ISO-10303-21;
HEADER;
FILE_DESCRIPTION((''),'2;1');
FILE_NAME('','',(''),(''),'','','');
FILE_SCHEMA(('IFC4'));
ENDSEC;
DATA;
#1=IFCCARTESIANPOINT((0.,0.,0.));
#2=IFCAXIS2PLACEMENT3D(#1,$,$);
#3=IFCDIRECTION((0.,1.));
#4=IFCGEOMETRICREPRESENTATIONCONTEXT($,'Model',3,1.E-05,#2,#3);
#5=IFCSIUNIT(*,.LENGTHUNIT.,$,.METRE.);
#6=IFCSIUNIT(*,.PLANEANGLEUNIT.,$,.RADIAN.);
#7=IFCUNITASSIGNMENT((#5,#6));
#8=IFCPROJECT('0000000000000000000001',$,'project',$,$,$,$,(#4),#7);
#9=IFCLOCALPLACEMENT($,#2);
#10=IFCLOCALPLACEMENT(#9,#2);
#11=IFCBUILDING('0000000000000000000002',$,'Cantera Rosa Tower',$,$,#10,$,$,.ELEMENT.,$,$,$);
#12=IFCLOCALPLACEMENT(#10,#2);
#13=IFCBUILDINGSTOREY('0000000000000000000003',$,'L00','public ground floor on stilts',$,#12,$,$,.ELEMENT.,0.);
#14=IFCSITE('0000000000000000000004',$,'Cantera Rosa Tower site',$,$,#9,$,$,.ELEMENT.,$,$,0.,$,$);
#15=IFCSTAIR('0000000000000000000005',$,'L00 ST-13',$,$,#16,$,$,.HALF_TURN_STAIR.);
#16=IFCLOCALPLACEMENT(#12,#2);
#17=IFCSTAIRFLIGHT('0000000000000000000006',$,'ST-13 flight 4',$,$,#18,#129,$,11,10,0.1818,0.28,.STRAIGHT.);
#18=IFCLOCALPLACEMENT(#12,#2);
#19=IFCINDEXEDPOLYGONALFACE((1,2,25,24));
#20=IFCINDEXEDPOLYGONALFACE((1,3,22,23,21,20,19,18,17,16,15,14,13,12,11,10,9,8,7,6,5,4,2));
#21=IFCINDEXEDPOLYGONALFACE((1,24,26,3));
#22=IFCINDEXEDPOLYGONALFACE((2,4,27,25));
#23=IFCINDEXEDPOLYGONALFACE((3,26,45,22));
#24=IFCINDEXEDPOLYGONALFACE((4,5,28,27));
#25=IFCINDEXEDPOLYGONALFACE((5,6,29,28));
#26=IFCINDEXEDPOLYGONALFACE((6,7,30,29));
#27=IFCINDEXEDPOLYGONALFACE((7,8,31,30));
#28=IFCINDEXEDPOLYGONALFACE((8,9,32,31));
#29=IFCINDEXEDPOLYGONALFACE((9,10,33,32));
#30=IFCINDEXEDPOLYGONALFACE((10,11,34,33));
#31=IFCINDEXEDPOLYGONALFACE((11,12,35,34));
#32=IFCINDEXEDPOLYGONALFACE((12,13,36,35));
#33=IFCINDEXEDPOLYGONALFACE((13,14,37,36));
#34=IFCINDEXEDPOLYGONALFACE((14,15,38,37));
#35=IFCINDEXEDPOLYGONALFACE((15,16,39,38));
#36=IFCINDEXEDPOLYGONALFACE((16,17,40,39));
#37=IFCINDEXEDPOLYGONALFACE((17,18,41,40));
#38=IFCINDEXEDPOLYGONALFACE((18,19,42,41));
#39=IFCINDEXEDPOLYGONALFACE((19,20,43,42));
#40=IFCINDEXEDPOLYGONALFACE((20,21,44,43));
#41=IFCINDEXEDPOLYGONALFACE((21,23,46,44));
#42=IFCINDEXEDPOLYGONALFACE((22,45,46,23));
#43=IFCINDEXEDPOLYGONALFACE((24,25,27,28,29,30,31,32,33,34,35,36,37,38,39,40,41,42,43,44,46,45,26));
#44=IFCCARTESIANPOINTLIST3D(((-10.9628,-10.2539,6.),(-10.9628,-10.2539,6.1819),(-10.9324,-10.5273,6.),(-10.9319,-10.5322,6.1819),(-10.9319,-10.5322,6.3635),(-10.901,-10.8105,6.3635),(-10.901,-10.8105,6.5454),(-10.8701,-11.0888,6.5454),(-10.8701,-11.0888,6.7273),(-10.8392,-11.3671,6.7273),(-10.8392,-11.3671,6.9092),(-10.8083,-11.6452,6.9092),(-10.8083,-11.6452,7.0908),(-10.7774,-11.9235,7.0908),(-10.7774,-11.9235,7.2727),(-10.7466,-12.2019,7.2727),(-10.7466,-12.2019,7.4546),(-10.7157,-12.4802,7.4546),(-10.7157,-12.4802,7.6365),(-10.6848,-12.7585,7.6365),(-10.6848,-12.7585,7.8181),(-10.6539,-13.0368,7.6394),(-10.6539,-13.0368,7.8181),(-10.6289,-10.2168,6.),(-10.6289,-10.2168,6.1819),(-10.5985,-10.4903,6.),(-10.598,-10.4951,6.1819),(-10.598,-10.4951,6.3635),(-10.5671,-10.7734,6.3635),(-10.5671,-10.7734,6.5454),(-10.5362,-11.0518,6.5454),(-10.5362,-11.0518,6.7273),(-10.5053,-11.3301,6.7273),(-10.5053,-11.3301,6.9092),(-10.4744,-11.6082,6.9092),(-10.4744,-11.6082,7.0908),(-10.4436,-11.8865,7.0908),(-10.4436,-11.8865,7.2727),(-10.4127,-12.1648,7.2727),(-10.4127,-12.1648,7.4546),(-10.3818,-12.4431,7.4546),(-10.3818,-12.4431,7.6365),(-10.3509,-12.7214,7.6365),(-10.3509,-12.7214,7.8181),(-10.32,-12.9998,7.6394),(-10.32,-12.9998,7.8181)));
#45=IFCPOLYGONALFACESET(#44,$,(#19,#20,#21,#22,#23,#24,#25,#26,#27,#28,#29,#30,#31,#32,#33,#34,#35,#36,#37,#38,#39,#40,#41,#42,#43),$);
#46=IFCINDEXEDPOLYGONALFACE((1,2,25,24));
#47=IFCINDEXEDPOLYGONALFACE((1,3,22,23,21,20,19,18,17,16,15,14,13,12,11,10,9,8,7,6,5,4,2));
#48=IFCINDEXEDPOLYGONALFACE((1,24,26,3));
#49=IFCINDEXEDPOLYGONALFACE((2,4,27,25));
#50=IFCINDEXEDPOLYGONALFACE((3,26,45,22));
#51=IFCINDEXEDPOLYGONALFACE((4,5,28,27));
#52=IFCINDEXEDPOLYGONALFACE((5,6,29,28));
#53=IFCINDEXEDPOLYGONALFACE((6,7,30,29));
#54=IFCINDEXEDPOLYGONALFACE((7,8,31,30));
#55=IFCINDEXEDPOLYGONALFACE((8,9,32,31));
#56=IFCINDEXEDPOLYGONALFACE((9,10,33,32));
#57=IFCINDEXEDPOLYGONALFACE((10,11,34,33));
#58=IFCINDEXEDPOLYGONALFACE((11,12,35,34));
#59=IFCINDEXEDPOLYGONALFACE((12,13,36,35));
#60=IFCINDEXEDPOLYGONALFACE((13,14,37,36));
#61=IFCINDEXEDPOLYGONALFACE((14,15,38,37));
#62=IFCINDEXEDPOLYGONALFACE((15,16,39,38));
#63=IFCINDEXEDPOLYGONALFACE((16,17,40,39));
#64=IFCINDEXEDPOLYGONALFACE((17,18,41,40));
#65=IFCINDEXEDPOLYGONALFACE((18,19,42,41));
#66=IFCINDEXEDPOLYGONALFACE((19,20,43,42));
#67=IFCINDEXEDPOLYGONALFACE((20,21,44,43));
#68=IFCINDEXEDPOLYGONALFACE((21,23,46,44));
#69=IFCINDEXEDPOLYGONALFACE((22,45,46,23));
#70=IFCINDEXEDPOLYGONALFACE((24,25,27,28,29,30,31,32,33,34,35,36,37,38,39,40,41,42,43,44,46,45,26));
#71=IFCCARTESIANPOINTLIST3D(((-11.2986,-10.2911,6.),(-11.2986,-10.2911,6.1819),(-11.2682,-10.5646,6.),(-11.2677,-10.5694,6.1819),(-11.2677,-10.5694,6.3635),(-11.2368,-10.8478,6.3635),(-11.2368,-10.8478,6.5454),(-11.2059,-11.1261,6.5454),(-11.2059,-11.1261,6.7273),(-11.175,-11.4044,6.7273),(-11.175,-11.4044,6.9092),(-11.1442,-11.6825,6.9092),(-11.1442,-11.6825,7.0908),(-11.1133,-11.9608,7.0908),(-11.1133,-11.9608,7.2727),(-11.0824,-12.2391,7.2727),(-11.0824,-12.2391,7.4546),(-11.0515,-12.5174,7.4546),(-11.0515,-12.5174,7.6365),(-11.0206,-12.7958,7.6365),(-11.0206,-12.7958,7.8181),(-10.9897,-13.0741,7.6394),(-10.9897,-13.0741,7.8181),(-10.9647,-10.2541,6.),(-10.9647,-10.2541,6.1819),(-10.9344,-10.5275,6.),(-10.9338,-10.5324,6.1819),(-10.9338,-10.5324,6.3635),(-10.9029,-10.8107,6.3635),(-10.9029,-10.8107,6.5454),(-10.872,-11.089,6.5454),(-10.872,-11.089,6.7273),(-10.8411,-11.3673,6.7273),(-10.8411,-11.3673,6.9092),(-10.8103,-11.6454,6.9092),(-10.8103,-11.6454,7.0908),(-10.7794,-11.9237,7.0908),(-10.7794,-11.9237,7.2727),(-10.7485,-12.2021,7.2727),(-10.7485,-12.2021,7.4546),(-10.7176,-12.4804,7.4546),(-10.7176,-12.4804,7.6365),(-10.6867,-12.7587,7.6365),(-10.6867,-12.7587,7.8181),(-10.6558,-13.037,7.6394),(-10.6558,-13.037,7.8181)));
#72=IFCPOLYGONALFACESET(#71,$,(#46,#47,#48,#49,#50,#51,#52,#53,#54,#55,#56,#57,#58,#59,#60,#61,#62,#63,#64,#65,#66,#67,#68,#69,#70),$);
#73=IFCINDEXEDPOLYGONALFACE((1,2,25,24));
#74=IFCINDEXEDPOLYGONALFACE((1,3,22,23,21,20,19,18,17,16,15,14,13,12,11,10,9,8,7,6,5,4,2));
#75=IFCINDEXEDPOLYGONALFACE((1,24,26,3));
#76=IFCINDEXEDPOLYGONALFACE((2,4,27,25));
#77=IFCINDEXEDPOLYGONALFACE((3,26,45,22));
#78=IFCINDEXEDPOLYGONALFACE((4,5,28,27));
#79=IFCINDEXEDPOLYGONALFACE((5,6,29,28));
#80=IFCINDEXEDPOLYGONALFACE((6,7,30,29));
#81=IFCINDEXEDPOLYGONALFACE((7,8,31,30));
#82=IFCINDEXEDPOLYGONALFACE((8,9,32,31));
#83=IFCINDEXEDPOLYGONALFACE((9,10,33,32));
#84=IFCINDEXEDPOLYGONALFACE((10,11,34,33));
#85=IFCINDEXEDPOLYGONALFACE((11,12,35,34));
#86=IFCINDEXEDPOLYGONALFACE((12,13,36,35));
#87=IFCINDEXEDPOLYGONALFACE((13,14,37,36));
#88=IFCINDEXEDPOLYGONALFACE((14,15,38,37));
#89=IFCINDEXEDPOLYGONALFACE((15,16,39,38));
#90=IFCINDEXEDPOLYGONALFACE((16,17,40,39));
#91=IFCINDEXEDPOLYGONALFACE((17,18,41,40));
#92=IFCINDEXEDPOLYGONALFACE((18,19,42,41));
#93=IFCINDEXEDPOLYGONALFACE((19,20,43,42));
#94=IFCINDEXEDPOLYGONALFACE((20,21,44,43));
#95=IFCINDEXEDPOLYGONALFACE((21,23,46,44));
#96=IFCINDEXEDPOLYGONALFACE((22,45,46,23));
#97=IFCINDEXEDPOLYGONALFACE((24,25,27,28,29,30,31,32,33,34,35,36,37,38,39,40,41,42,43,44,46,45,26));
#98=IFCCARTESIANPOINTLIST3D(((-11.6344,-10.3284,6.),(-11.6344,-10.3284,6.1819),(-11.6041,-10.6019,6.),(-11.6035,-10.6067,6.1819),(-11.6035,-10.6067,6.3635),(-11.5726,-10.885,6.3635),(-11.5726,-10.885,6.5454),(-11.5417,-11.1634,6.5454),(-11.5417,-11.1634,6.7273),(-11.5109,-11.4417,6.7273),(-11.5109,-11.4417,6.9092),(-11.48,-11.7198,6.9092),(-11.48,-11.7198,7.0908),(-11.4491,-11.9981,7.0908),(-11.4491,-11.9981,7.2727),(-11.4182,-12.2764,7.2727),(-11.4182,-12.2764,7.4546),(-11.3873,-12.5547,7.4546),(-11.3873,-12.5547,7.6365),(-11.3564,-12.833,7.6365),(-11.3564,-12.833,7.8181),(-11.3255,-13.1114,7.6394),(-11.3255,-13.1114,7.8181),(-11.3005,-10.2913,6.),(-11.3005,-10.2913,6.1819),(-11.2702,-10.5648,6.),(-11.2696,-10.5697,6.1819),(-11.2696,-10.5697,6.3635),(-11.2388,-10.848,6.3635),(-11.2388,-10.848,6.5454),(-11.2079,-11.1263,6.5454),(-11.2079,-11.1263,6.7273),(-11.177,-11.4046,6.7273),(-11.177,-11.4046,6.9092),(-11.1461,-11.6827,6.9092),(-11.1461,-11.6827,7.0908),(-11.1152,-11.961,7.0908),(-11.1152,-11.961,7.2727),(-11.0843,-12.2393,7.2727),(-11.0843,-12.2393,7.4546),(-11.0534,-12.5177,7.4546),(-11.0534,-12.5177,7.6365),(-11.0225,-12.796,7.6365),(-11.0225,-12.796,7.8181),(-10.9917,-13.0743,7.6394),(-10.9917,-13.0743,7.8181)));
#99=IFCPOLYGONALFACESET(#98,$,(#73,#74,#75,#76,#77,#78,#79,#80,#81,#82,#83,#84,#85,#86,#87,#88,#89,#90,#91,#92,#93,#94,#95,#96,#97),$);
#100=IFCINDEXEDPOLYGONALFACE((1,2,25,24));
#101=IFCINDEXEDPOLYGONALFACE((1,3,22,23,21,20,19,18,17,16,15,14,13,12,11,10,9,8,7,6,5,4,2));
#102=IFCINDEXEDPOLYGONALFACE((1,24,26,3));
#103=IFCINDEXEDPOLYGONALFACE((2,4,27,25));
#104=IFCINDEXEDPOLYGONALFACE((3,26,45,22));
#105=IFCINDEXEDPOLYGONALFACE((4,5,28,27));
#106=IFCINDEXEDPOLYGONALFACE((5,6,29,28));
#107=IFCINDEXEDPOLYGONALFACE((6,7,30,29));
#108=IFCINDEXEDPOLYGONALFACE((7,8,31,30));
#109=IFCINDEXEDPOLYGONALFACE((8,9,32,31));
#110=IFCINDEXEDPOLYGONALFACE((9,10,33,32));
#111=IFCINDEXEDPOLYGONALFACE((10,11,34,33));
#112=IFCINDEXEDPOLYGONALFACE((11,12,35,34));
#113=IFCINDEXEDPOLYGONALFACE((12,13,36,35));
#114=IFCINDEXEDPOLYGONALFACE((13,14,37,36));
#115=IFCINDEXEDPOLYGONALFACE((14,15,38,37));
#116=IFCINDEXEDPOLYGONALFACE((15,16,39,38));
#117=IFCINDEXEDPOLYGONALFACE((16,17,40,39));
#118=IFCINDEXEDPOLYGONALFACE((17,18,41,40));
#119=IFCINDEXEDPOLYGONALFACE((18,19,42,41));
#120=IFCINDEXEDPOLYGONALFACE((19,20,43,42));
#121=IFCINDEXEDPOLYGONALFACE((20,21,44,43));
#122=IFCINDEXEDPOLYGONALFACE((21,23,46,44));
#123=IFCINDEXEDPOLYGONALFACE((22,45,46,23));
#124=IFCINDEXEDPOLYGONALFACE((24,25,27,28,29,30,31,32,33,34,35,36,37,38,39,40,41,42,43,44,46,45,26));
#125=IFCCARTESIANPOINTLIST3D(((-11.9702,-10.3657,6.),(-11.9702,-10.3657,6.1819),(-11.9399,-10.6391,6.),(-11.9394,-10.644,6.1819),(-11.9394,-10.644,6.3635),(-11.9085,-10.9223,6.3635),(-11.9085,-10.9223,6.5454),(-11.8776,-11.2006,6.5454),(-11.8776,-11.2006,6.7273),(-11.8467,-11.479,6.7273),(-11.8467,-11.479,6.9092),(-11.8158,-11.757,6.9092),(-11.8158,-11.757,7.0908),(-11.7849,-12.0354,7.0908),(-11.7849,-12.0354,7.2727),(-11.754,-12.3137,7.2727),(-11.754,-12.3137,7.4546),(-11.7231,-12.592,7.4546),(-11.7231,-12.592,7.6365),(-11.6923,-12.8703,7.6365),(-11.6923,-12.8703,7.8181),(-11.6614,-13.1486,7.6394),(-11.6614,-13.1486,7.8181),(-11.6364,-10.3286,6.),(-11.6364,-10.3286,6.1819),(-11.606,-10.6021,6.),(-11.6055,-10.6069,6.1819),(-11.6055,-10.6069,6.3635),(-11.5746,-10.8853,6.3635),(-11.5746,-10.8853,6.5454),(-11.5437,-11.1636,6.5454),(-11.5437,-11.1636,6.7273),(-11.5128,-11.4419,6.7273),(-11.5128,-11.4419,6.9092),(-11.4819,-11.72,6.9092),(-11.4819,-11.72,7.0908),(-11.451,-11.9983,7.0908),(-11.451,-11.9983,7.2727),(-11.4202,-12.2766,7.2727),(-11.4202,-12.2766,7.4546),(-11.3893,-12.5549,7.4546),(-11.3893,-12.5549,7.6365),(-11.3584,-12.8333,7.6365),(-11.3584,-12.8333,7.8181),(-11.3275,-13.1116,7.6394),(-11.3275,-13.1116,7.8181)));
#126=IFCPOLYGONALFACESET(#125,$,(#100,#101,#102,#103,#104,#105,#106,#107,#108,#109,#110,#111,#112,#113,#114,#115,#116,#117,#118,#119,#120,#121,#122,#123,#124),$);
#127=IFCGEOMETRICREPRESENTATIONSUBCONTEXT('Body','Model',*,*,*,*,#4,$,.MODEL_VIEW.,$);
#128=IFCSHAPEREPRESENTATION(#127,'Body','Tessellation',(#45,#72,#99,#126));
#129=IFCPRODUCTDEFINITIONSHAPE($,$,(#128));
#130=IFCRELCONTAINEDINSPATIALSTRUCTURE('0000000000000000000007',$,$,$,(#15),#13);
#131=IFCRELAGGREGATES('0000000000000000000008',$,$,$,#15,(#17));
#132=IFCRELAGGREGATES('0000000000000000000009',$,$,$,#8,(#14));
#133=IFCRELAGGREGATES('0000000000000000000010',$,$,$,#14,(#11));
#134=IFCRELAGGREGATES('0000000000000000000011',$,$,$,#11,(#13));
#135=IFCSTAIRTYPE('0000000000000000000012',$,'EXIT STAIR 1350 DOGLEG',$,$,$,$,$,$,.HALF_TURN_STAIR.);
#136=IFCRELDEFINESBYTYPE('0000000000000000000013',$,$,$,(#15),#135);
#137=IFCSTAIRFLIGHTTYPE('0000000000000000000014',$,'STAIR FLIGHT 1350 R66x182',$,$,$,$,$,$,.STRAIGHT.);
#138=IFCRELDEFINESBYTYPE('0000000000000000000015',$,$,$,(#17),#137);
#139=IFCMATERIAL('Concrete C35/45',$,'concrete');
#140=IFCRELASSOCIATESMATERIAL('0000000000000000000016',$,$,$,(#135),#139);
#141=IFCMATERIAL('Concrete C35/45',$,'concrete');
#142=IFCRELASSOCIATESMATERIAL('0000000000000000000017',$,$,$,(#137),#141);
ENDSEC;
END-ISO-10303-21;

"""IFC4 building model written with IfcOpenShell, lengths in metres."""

from ifc_helpers import new_model, si_unit, direction, frame, origin, place, context, subcontext, project, spatial, polyline, outline, extrude, material, type_object, element, aggregate, save


model = new_model("IFC4")

# Units and contexts
model_context = context("Model", 3, precision=1e-05, world=origin(), true_north=direction((0.0, 1.0)))
body_context = subcontext(model_context, "Body", "Model", "MODEL_VIEW")
ifc_project = project(units=[si_unit("LENGTHUNIT", "METRE"), si_unit("PLANEANGLEUNIT", "RADIAN")], contexts=[model_context])

# Site, building, storey
site_placement = place(None, origin())
site = spatial("IfcSite", under=ifc_project, at=site_placement, Name="Cantera Rosa Tower site", CompositionType="ELEMENT", RefElevation=0.0)
building_placement = place(site_placement, origin())
building = spatial("IfcBuilding", under=site, at=building_placement, Name="Cantera Rosa Tower", CompositionType="ELEMENT")
storey_placement = place(building_placement, origin())
storey = spatial("IfcBuildingStorey", under=building, at=storey_placement, Name="L00", Description="public ground floor on stilts", CompositionType="ELEMENT", Elevation=0.0)

# Stair, stair flight
ifc_material_1 = material(Name="Concrete C35/45", Category="concrete")
stair_type = type_object("IfcStairType", Name="EXIT STAIR 1350 DOGLEG", PredefinedType="HALF_TURN_STAIR", material=ifc_material_1)
stair_placement = place(storey_placement, origin())
stair = element("IfcStair", 1, at=stair_placement, inside=storey, type_object=stair_type, Name="L00 ST-13", PredefinedType="HALF_TURN_STAIR")
ifc_material_2 = material(Name="Concrete C35/45", Category="concrete")
stair_flight_type = type_object("IfcStairFlightType", Name="STAIR FLIGHT 1350 R66x182", PredefinedType="STRAIGHT", material=ifc_material_2)
stair_flight_1_placement = place(storey_placement, frame((-11.2998, -10.2913, 6.0), z_axis=(0.0, 0.0, 1.0), x_axis=(0.110313, -0.993897, 0.0)))
stair_flight_1 = element("IfcStairFlight", 2, at=stair_flight_1_placement, type_object=stair_flight_type, Name="ST-13 flight 4", NumberOfRisers=11, NumberOfTreads=10, PredefinedType="STRAIGHT", RiserHeight=0.1818, TreadLength=0.28, context=body_context, shape_type="SweptSolid", body=[
    extrude(outline(polyline([(0.0, 0.0), (0.0, 0.1819), (0.28, 0.1819), (0.28, 0.3635), (0.5601, 0.3635), (0.5601, 0.5454), (0.8401, 0.5454), (0.8401, 0.7273), (1.1201, 0.7273), (1.1201, 0.9092), (1.3999, 0.9092), (1.3999, 1.0908), (1.6799, 1.0908), (1.6799, 1.2727), (1.96, 1.2727), (1.96, 1.4546), (2.24, 1.4546), (2.24, 1.6365), (2.52, 1.6365), (2.52, 1.8181), (2.8, 1.8181), (2.8, 2.0), (2.8, 1.6394), (0.2751, 0.0), (0.0, 0.0)])), frame((0.0, 0.675, 0.0), z_axis=(0.0, -1.0, 0.0), x_axis=(1.0, 0.0, 0.0)), (0.0, 0.0, 1.0), 0.3359),
    extrude(outline(polyline([(0.0, 0.0), (0.0, 0.1819), (0.28, 0.1819), (0.28, 0.3635), (0.5601, 0.3635), (0.5601, 0.5454), (0.8401, 0.5454), (0.8401, 0.7273), (1.1201, 0.7273), (1.1201, 0.9092), (1.3999, 0.9092), (1.3999, 1.0908), (1.6799, 1.0908), (1.6799, 1.2727), (1.96, 1.2727), (1.96, 1.4546), (2.24, 1.4546), (2.24, 1.6365), (2.52, 1.6365), (2.52, 1.8181), (2.8, 1.8181), (2.8, 2.0), (2.8, 1.6394), (0.2751, 0.0), (0.0, 0.0)])), frame((0.0, 0.3372, 0.0), z_axis=(0.0, -1.0, 0.0), x_axis=(1.0, 0.0, 0.0)), (0.0, 0.0, 1.0), 0.3359),
    extrude(outline(polyline([(0.0, 0.0), (0.0, 0.1819), (0.28, 0.1819), (0.28, 0.3635), (0.5601, 0.3635), (0.5601, 0.5454), (0.8401, 0.5454), (0.8401, 0.7273), (1.1201, 0.7273), (1.1201, 0.9092), (1.3999, 0.9092), (1.3999, 1.0908), (1.6799, 1.0908), (1.6799, 1.2727), (1.96, 1.2727), (1.96, 1.4546), (2.24, 1.4546), (2.24, 1.6365), (2.52, 1.6365), (2.52, 1.8181), (2.8, 1.8181), (2.8, 2.0), (2.8, 1.6394), (0.2751, 0.0), (0.0, 0.0)])), frame((0.0, -0.0007, 0.0), z_axis=(0.0, -1.0, 0.0), x_axis=(1.0, 0.0, 0.0)), (0.0, 0.0, 1.0), 0.3359),
    extrude(outline(polyline([(0.0, 0.0), (0.0, 0.1819), (0.28, 0.1819), (0.28, 0.3635), (0.5601, 0.3635), (0.5601, 0.5454), (0.8401, 0.5454), (0.8401, 0.7273), (1.1201, 0.7273), (1.1201, 0.9092), (1.3999, 0.9092), (1.3999, 1.0908), (1.6799, 1.0908), (1.6799, 1.2727), (1.96, 1.2727), (1.96, 1.4546), (2.24, 1.4546), (2.24, 1.6365), (2.52, 1.6365), (2.52, 1.8181), (2.8, 1.8181), (2.8, 2.0), (2.8, 1.6394), (0.2751, 0.0), (0.0, 0.0)])), frame((0.0, -0.3386, 0.0), z_axis=(0.0, -1.0, 0.0), x_axis=(1.0, 0.0, 0.0)), (0.0, 0.0, 1.0), 0.3359),
])
aggregate(stair, [stair_flight_1])

save(model, "model.ifc")
